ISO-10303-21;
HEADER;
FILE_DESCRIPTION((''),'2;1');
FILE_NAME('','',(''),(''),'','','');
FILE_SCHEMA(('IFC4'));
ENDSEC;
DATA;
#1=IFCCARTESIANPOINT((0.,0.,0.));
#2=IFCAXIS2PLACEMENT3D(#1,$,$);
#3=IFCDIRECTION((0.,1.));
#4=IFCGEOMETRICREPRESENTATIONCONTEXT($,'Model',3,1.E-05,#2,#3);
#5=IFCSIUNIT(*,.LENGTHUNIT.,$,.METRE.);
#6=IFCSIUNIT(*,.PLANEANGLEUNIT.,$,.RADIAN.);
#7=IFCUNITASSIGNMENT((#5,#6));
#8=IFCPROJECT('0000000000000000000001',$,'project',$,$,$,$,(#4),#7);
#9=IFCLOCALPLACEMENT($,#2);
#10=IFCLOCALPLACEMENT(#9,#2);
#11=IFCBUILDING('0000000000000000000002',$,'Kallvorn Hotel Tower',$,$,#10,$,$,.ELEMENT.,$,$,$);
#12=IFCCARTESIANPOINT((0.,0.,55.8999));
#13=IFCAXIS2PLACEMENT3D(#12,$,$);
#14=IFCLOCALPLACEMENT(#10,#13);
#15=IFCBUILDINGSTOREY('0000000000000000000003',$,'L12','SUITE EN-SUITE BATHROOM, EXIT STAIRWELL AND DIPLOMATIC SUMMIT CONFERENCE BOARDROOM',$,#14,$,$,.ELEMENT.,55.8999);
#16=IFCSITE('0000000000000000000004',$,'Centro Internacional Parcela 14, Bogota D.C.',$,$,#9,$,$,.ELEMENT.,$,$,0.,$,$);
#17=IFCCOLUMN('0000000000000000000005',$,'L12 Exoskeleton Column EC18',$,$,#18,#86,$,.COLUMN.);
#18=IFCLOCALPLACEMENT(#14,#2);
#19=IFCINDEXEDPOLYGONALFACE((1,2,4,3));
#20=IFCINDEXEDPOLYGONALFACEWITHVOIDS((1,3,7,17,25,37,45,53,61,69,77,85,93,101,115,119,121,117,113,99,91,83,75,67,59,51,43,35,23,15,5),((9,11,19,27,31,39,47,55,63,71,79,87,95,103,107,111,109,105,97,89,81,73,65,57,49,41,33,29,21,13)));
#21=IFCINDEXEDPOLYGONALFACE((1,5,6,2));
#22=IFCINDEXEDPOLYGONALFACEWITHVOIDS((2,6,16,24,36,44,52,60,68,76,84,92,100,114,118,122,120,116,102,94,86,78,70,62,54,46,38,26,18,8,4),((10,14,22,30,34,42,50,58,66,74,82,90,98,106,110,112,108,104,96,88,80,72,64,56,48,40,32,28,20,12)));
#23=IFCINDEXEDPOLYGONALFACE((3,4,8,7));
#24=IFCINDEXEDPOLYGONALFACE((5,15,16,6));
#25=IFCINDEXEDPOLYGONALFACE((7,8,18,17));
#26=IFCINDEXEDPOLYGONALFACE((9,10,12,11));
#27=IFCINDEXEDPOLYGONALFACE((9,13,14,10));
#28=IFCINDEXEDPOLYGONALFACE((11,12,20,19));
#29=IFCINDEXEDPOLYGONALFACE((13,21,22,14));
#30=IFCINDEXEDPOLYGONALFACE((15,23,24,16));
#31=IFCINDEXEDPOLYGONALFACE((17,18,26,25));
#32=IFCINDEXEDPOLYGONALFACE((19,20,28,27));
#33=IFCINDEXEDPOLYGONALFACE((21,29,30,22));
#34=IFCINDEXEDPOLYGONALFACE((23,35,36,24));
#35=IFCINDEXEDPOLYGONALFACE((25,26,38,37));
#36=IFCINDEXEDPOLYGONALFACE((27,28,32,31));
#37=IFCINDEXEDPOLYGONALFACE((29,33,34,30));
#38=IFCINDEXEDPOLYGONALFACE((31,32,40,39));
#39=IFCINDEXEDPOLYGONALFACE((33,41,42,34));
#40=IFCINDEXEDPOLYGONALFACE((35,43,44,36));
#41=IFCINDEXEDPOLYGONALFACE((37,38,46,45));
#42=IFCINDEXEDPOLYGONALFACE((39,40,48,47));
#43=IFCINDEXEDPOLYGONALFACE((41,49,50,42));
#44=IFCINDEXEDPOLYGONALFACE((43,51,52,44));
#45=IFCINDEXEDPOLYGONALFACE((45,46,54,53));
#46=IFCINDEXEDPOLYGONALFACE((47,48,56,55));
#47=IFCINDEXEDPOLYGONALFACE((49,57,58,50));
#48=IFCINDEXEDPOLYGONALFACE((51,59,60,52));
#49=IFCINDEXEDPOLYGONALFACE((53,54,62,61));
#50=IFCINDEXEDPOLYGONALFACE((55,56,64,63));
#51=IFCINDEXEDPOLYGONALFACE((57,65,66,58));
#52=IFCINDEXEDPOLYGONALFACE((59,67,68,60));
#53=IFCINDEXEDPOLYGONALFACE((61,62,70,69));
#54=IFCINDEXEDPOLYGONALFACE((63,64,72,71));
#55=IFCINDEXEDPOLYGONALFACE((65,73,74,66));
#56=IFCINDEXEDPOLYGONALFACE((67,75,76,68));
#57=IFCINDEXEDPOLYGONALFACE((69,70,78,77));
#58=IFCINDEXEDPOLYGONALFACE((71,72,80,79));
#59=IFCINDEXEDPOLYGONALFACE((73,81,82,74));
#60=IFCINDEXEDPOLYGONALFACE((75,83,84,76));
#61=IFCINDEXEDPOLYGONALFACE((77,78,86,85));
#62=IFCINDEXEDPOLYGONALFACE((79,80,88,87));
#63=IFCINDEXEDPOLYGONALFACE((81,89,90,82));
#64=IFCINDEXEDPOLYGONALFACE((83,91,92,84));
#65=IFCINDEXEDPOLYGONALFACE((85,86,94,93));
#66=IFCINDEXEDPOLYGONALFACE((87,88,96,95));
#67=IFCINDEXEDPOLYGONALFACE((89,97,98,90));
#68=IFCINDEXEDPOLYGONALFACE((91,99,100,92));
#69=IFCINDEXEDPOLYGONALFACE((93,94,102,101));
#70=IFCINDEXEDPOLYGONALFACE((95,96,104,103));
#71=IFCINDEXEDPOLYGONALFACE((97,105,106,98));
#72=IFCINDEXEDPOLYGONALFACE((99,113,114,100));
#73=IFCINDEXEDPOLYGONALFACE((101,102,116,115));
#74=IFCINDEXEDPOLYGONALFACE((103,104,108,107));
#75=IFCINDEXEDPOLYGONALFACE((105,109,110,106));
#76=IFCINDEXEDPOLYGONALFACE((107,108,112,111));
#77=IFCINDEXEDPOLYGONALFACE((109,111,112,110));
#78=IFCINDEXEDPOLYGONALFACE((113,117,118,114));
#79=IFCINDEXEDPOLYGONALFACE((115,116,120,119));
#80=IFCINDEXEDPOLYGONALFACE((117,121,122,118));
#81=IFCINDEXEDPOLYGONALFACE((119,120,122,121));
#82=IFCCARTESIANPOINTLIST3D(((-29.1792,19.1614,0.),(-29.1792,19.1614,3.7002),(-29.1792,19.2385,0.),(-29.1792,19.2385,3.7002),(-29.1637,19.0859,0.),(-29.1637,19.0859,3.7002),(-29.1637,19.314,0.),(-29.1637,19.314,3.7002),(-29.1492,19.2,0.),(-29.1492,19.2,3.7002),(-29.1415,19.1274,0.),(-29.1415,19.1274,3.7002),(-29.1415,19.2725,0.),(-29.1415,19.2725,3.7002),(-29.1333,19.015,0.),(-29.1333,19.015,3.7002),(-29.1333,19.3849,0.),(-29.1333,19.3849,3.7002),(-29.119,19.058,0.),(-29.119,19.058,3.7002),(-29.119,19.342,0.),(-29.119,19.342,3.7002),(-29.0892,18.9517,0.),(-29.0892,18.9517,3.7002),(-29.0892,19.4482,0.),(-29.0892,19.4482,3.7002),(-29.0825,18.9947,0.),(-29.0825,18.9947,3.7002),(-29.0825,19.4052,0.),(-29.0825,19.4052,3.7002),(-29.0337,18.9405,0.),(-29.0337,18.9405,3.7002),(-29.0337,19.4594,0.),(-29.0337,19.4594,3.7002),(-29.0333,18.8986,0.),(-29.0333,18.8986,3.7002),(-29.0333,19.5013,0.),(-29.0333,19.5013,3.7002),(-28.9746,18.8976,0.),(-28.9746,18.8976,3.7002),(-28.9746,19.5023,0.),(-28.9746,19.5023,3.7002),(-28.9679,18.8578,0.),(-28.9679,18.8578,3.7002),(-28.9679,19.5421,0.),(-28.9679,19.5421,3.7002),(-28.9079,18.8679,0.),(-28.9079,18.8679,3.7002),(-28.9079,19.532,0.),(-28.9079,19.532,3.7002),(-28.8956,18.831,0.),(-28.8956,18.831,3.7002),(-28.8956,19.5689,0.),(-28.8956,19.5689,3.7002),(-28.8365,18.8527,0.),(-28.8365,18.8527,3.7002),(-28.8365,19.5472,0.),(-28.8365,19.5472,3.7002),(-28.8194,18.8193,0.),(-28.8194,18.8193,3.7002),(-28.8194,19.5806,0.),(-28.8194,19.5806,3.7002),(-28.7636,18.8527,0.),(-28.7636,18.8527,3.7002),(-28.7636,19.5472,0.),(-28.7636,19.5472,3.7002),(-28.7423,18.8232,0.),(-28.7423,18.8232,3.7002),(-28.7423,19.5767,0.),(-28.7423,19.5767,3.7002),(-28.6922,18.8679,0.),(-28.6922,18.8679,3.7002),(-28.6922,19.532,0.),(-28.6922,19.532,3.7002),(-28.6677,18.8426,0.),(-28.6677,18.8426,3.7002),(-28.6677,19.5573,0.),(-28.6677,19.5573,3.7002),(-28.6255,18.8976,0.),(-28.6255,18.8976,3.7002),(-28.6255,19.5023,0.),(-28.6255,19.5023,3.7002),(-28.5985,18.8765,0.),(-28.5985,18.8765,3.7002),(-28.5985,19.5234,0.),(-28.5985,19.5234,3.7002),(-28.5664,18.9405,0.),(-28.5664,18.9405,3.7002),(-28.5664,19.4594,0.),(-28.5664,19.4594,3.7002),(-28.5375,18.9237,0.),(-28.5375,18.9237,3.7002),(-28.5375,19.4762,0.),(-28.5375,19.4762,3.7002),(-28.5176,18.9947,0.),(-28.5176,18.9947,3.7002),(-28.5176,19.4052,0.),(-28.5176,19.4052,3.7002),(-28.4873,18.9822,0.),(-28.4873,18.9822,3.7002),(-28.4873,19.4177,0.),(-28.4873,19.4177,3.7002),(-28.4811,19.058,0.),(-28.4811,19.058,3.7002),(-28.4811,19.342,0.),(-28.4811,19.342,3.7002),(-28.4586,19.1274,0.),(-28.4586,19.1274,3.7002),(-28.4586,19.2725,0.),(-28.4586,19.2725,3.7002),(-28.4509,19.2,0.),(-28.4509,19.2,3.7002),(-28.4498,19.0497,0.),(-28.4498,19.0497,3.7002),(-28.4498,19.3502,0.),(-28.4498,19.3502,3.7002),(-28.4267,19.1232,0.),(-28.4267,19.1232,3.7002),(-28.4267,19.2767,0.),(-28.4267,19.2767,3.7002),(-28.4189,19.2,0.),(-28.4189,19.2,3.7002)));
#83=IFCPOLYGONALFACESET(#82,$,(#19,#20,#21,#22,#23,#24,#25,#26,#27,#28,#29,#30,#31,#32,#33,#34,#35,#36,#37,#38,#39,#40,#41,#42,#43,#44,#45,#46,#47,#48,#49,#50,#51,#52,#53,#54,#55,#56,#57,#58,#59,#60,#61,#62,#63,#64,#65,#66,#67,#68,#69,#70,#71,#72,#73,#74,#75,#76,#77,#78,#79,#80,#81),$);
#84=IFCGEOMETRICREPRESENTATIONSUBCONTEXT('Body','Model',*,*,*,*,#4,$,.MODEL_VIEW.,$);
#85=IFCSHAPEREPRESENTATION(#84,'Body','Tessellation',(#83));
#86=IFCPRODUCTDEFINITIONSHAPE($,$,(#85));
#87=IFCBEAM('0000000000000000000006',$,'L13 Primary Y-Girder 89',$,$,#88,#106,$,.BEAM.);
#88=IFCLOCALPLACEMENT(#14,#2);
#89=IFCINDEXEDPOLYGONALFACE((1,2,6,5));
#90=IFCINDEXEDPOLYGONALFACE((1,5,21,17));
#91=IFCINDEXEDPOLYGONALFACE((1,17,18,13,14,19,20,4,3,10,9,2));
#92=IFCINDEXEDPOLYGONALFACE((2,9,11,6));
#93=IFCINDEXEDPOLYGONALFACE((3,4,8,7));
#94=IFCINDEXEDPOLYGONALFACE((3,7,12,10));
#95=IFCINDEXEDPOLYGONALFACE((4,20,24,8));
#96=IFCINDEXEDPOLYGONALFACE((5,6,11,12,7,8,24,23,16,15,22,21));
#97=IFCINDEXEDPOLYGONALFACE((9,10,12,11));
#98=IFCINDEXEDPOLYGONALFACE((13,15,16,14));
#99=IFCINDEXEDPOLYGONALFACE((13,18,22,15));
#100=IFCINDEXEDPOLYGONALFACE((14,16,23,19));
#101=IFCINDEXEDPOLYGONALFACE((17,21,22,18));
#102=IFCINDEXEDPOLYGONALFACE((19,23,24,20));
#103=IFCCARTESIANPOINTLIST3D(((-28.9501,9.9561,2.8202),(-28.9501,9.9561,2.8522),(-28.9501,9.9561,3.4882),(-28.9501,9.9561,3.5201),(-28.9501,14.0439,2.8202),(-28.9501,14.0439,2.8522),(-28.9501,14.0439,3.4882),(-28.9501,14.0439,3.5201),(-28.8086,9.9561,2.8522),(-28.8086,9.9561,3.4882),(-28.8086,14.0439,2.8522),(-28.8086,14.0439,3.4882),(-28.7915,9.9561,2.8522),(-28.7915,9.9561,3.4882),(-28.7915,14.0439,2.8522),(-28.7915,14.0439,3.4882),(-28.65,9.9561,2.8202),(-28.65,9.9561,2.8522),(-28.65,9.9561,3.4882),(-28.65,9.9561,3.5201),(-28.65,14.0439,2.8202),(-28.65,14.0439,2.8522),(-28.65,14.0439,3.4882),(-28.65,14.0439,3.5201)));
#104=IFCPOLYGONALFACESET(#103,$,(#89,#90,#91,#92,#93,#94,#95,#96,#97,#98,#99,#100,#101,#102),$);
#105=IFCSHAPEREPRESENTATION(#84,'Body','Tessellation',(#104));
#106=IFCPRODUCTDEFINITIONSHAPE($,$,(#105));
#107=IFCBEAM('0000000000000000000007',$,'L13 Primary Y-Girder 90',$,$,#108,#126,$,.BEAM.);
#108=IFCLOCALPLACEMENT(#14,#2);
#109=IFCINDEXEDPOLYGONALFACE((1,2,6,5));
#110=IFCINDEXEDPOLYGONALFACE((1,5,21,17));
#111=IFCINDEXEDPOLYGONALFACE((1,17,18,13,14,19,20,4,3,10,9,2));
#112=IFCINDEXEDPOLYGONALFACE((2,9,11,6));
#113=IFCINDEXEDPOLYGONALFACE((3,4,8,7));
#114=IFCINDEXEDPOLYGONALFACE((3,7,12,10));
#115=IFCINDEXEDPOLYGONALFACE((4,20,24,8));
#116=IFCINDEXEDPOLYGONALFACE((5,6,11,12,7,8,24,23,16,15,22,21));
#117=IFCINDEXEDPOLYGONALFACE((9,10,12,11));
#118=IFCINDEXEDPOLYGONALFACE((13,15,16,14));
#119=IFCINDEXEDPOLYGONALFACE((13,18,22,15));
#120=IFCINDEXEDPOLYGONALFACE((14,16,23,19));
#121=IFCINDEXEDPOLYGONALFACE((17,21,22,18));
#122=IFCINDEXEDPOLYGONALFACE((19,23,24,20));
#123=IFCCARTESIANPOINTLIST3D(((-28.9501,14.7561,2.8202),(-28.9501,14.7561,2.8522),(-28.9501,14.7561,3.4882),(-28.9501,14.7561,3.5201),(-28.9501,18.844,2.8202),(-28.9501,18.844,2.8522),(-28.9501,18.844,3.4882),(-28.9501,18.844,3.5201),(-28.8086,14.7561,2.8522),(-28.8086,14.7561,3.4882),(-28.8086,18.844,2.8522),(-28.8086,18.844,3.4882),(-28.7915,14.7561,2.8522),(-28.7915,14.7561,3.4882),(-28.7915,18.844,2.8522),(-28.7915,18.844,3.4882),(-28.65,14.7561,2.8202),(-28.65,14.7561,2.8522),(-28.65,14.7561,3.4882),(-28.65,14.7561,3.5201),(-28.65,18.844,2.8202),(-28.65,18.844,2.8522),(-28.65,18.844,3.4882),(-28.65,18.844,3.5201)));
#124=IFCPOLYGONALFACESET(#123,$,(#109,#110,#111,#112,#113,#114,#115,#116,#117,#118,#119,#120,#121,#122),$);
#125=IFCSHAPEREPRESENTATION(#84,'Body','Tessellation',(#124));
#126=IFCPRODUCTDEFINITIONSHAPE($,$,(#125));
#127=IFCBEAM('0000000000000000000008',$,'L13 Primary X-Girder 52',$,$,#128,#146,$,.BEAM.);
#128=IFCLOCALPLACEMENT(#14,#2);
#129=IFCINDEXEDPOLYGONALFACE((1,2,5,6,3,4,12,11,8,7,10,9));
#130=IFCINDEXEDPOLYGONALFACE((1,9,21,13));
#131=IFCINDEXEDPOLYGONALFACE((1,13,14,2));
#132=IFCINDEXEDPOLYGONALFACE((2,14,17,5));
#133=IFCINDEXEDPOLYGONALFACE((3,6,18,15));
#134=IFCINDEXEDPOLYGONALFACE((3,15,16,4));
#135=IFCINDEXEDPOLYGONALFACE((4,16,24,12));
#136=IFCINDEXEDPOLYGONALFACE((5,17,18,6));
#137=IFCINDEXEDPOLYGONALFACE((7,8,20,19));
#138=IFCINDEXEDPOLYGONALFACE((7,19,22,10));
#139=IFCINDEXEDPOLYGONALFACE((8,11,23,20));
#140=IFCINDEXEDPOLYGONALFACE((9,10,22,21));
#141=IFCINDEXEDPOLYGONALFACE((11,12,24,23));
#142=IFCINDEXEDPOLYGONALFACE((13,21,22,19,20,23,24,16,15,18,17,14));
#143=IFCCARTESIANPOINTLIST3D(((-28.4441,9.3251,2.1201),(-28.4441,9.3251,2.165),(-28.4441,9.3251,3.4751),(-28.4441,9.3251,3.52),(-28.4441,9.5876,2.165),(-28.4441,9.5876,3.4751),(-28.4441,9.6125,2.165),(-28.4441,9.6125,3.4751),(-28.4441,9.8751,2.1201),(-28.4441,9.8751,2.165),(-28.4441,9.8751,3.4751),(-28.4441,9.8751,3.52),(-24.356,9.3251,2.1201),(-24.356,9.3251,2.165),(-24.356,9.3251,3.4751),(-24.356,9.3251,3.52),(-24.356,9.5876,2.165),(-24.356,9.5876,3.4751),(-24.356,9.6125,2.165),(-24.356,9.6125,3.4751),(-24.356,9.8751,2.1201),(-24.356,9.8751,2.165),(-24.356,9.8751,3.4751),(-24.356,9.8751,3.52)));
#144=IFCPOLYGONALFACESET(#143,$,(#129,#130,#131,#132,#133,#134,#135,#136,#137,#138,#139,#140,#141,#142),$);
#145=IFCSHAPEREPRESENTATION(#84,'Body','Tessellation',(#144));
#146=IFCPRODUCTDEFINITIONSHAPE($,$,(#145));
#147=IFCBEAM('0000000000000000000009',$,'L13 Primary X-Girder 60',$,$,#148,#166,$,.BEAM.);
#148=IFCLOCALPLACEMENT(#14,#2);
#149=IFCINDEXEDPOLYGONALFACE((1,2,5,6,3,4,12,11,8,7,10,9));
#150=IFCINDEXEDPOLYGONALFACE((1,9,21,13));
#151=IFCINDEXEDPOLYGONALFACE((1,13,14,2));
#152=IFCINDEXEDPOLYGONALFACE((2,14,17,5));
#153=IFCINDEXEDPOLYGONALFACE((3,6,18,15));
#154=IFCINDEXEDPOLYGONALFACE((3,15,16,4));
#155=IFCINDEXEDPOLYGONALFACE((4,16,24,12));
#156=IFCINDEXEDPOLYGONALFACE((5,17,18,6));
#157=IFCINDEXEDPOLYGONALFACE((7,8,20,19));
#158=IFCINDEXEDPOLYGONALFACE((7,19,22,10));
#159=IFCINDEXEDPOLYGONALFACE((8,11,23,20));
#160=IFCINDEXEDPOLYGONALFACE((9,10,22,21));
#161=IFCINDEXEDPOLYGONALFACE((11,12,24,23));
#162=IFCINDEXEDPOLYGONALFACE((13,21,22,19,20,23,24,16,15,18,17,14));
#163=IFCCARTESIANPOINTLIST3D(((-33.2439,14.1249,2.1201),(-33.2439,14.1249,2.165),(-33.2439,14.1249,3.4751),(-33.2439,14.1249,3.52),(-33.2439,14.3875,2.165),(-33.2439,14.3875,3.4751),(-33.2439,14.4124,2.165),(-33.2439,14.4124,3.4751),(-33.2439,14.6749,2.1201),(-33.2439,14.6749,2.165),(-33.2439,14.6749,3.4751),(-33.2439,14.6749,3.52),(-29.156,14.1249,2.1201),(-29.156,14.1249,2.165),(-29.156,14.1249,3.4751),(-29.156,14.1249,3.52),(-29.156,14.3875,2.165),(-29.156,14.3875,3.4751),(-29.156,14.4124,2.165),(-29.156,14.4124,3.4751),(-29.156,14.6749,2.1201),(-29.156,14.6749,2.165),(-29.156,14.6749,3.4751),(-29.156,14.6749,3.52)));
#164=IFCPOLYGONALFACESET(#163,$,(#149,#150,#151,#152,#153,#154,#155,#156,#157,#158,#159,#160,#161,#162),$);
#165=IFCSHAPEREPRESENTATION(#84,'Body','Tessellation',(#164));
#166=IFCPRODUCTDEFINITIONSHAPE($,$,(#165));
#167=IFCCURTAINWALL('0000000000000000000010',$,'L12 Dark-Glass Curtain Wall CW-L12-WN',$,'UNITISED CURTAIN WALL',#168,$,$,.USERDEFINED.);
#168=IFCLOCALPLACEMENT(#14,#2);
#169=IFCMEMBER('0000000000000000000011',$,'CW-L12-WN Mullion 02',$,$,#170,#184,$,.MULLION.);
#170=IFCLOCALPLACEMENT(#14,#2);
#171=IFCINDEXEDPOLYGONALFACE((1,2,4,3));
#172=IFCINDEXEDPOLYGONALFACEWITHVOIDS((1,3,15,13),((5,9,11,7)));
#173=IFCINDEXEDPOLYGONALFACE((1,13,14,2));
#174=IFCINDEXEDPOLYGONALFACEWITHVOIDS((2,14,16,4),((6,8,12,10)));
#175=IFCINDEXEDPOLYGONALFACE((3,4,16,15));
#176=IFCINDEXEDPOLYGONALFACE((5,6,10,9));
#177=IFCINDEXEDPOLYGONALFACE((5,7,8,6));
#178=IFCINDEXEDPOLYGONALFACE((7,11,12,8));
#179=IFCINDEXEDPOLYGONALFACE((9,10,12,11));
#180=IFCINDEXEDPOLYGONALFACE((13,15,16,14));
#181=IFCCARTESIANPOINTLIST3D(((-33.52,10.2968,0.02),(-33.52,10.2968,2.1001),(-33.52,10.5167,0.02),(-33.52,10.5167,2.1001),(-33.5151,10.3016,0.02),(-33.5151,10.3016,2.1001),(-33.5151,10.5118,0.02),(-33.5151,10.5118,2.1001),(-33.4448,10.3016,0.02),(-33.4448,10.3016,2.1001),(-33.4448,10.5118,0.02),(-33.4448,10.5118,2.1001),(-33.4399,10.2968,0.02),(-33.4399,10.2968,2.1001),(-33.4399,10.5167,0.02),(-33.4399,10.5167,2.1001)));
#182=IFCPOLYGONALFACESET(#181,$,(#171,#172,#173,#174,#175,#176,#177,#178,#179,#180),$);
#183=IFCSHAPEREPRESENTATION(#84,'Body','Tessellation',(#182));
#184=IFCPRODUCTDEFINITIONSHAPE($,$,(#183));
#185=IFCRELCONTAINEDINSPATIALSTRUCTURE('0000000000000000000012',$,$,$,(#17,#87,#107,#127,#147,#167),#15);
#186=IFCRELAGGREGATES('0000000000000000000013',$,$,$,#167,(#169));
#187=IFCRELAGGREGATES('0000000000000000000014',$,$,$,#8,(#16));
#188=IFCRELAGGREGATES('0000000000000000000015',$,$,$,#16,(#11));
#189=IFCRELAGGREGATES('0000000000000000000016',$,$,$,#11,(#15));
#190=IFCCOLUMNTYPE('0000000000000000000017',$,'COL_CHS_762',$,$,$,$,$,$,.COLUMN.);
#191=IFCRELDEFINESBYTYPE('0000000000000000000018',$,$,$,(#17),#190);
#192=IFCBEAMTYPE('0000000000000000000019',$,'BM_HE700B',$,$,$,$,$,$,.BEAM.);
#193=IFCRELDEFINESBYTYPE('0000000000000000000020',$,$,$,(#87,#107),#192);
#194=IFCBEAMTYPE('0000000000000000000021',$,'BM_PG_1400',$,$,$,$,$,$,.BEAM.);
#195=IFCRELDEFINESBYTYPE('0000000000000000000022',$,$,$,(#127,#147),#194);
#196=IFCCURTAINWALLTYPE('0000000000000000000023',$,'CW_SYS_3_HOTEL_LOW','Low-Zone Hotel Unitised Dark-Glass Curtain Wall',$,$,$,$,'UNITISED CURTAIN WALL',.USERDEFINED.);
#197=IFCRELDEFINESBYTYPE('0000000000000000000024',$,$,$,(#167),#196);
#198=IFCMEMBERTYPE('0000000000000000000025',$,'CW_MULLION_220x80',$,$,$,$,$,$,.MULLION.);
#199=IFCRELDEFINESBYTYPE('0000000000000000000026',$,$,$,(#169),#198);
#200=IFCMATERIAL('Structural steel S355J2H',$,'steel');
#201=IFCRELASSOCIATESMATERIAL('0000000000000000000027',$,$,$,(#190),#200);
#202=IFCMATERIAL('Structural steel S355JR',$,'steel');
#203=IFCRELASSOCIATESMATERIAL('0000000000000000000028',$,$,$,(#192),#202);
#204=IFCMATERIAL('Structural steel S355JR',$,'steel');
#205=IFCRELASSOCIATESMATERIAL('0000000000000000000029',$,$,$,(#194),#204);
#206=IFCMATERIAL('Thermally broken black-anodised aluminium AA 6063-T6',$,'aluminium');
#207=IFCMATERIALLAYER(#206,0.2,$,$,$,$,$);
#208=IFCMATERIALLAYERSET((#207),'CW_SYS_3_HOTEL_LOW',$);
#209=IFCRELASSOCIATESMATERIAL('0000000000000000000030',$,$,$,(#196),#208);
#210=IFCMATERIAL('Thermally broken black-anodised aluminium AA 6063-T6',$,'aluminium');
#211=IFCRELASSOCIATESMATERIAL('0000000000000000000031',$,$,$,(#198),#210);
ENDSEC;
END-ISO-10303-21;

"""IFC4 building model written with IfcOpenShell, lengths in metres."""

from ifc_helpers import new_model, si_unit, direction, frame, origin, origin_2d, place, context, subcontext, project, spatial, hollow_rectangle, hollow_circle, i_section, extrude, material, layer, layer_set, material_profile, profile_set, type_object, element, aggregate, save


model = new_model("IFC4")

# Units and contexts
model_context = context("Model", 3, precision=1e-05, world=origin(), true_north=direction((0.0, 1.0)))
body_context = subcontext(model_context, "Body", "Model", "MODEL_VIEW")
ifc_project = project(units=[si_unit("LENGTHUNIT", "METRE"), si_unit("PLANEANGLEUNIT", "RADIAN")], contexts=[model_context])

# Site, building, storey
site_placement = place(None, origin())
site = spatial("IfcSite", under=ifc_project, at=site_placement, Name="Centro Internacional Parcela 14, Bogota D.C.", CompositionType="ELEMENT", RefElevation=0.0)
building_placement = place(site_placement, origin())
building = spatial("IfcBuilding", under=site, at=building_placement, Name="Kallvorn Hotel Tower", CompositionType="ELEMENT")
storey_placement = place(building_placement, frame((0.0, 0.0, 55.8999)))
storey = spatial("IfcBuildingStorey", under=building, at=storey_placement, Name="L12", Description="SUITE EN-SUITE BATHROOM, EXIT STAIRWELL AND DIPLOMATIC SUMMIT CONFERENCE BOARDROOM", CompositionType="ELEMENT", Elevation=55.8999)

# Column
ifc_material_1 = material(Name="Structural steel S355J2H", Category="steel")
ifc_material_profile_1 = material_profile(ifc_material_1, hollow_circle(Radius=0.3811, WallThickness=0.032, at=origin_2d()), Name="CHS 762x32")
ifc_profile_set_1 = profile_set([ifc_material_profile_1], Name="Structural steel S355J2H")
column_type = type_object("IfcColumnType", Name="COL_CHS_762", PredefinedType="COLUMN", material=ifc_profile_set_1)
for number, where, z_axis, x_axis, name in (
    (1, (-28.8, 19.2, 0.0), (0.0, 0.0, 1.0), (1.0, 0.0, 0.0), "L12 Exoskeleton Column EC18"),
):
    element("IfcColumn", number, at=place(storey_placement, frame(where, z_axis=z_axis, x_axis=x_axis)), inside=storey, type_object=column_type, Name=name, PredefinedType="COLUMN", context=body_context, shape_type="SweptSolid", body=[
        extrude(hollow_circle(Radius=0.3811, WallThickness=0.032, at=origin_2d()), origin(), (0.0, 0.0, 1.0), 3.7002),
    ])

# Beams
ifc_material_2 = material(Name="Structural steel S355JR", Category="steel")
ifc_material_profile_2 = material_profile(ifc_material_2, i_section(OverallWidth=0.3, OverallDepth=0.7, WebThickness=0.0171, FlangeThickness=0.032, at=origin_2d()), Name="HE 700 B")
ifc_profile_set_2 = profile_set([ifc_material_profile_2], Name="Structural steel S355JR")
beam_type_1 = type_object("IfcBeamType", Name="BM_HE700B", PredefinedType="BEAM", material=ifc_profile_set_2)
for number, where, z_axis, x_axis, name in (
    (2, (-28.8, 9.9561, 3.1702), (0.0, 1.0, 0.0), (-1.0, 0.0, 0.0), "L13 Primary Y-Girder 89"),
    (3, (-28.8, 14.7561, 3.1702), (0.0, 1.0, 0.0), (-1.0, 0.0, 0.0), "L13 Primary Y-Girder 90"),
):
    element("IfcBeam", number, at=place(storey_placement, frame(where, z_axis=z_axis, x_axis=x_axis)), inside=storey, type_object=beam_type_1, Name=name, PredefinedType="BEAM", context=body_context, shape_type="SweptSolid", body=[
        extrude(i_section(OverallWidth=0.3, OverallDepth=0.7, WebThickness=0.0171, FlangeThickness=0.032, at=origin_2d()), origin(), (0.0, 0.0, 1.0), 4.0879),
    ])
ifc_material_3 = material(Name="Structural steel S355JR", Category="steel")
ifc_material_profile_3 = material_profile(ifc_material_3, i_section(OverallWidth=0.55, OverallDepth=1.3999, WebThickness=0.0249, FlangeThickness=0.0449, at=origin_2d()), Name="PG 1400x550x25x45")
ifc_profile_set_3 = profile_set([ifc_material_profile_3], Name="Structural steel S355JR")
beam_type_2 = type_object("IfcBeamType", Name="BM_PG_1400", PredefinedType="BEAM", material=ifc_profile_set_3)
beam_1_placement = place(storey_placement, frame((-28.4441, 9.6001, 2.8201), z_axis=(1.0, 0.0, 0.0), x_axis=(0.0, 1.0, 0.0)))
element("IfcBeam", 4, at=beam_1_placement, inside=storey, type_object=beam_type_2, Name="L13 Primary X-Girder 52", PredefinedType="BEAM", context=body_context, shape_type="SweptSolid", body=[
    extrude(i_section(OverallWidth=0.55, OverallDepth=1.3999, WebThickness=0.0249, FlangeThickness=0.0449, at=origin_2d()), origin(), (0.0, 0.0, 1.0), 4.0881),
])
beam_2_placement = place(storey_placement, frame((-33.2439, 14.3999, 2.8201), z_axis=(1.0, 0.0, 0.0), x_axis=(0.0, 1.0, 0.0)))
element("IfcBeam", 5, at=beam_2_placement, inside=storey, type_object=beam_type_2, Name="L13 Primary X-Girder 60", PredefinedType="BEAM", context=body_context, shape_type="SweptSolid", body=[
    extrude(i_section(OverallWidth=0.55, OverallDepth=1.3999, WebThickness=0.0249, FlangeThickness=0.0449, at=origin_2d()), origin(), (0.0, 0.0, 1.0), 4.0879),
])

# Curtain wall, member
ifc_material_4 = material(Name="Thermally broken black-anodised aluminium AA 6063-T6", Category="aluminium")
ifc_layer_1 = layer(ifc_material_4, 0.2)
ifc_layer_set_1 = layer_set([ifc_layer_1], Name="CW_SYS_3_HOTEL_LOW")
curtain_wall_type = type_object("IfcCurtainWallType", Name="CW_SYS_3_HOTEL_LOW", Description="Low-Zone Hotel Unitised Dark-Glass Curtain Wall", ElementType="UNITISED CURTAIN WALL", PredefinedType="USERDEFINED", material=ifc_layer_set_1)
curtain_wall_placement = place(storey_placement, origin())
curtain_wall = element("IfcCurtainWall", 6, at=curtain_wall_placement, inside=storey, type_object=curtain_wall_type, Name="L12 Dark-Glass Curtain Wall CW-L12-WN", ObjectType="UNITISED CURTAIN WALL", PredefinedType="USERDEFINED")
ifc_material_5 = material(Name="Thermally broken black-anodised aluminium AA 6063-T6", Category="aluminium")
ifc_material_profile_4 = material_profile(ifc_material_5, hollow_rectangle(XDim=0.0801, YDim=0.22, WallThickness=0.0049, at=origin_2d()), Name="MUL 220x80")
ifc_profile_set_4 = profile_set([ifc_material_profile_4], Name="Thermally broken black-anodised aluminium AA 6063-T6")
member_type_1 = type_object("IfcMemberType", Name="CW_MULLION_220x80", PredefinedType="MULLION", material=ifc_profile_set_4)
member_1_placement = place(storey_placement, frame((-33.48, 10.4067, 0.02), z_axis=(0.0, 0.0, 1.0), x_axis=(1.0, 0.0, 0.0)))
member_1 = element("IfcMember", 7, at=member_1_placement, type_object=member_type_1, Name="CW-L12-WN Mullion 02", PredefinedType="MULLION", context=body_context, shape_type="SweptSolid", body=[
    extrude(hollow_rectangle(XDim=0.0801, YDim=0.22, WallThickness=0.0049, at=origin_2d()), origin(), (0.0, 0.0, 1.0), 2.0801),
])

aggregate(curtain_wall, [member_1])

save(model, "model.ifc")
